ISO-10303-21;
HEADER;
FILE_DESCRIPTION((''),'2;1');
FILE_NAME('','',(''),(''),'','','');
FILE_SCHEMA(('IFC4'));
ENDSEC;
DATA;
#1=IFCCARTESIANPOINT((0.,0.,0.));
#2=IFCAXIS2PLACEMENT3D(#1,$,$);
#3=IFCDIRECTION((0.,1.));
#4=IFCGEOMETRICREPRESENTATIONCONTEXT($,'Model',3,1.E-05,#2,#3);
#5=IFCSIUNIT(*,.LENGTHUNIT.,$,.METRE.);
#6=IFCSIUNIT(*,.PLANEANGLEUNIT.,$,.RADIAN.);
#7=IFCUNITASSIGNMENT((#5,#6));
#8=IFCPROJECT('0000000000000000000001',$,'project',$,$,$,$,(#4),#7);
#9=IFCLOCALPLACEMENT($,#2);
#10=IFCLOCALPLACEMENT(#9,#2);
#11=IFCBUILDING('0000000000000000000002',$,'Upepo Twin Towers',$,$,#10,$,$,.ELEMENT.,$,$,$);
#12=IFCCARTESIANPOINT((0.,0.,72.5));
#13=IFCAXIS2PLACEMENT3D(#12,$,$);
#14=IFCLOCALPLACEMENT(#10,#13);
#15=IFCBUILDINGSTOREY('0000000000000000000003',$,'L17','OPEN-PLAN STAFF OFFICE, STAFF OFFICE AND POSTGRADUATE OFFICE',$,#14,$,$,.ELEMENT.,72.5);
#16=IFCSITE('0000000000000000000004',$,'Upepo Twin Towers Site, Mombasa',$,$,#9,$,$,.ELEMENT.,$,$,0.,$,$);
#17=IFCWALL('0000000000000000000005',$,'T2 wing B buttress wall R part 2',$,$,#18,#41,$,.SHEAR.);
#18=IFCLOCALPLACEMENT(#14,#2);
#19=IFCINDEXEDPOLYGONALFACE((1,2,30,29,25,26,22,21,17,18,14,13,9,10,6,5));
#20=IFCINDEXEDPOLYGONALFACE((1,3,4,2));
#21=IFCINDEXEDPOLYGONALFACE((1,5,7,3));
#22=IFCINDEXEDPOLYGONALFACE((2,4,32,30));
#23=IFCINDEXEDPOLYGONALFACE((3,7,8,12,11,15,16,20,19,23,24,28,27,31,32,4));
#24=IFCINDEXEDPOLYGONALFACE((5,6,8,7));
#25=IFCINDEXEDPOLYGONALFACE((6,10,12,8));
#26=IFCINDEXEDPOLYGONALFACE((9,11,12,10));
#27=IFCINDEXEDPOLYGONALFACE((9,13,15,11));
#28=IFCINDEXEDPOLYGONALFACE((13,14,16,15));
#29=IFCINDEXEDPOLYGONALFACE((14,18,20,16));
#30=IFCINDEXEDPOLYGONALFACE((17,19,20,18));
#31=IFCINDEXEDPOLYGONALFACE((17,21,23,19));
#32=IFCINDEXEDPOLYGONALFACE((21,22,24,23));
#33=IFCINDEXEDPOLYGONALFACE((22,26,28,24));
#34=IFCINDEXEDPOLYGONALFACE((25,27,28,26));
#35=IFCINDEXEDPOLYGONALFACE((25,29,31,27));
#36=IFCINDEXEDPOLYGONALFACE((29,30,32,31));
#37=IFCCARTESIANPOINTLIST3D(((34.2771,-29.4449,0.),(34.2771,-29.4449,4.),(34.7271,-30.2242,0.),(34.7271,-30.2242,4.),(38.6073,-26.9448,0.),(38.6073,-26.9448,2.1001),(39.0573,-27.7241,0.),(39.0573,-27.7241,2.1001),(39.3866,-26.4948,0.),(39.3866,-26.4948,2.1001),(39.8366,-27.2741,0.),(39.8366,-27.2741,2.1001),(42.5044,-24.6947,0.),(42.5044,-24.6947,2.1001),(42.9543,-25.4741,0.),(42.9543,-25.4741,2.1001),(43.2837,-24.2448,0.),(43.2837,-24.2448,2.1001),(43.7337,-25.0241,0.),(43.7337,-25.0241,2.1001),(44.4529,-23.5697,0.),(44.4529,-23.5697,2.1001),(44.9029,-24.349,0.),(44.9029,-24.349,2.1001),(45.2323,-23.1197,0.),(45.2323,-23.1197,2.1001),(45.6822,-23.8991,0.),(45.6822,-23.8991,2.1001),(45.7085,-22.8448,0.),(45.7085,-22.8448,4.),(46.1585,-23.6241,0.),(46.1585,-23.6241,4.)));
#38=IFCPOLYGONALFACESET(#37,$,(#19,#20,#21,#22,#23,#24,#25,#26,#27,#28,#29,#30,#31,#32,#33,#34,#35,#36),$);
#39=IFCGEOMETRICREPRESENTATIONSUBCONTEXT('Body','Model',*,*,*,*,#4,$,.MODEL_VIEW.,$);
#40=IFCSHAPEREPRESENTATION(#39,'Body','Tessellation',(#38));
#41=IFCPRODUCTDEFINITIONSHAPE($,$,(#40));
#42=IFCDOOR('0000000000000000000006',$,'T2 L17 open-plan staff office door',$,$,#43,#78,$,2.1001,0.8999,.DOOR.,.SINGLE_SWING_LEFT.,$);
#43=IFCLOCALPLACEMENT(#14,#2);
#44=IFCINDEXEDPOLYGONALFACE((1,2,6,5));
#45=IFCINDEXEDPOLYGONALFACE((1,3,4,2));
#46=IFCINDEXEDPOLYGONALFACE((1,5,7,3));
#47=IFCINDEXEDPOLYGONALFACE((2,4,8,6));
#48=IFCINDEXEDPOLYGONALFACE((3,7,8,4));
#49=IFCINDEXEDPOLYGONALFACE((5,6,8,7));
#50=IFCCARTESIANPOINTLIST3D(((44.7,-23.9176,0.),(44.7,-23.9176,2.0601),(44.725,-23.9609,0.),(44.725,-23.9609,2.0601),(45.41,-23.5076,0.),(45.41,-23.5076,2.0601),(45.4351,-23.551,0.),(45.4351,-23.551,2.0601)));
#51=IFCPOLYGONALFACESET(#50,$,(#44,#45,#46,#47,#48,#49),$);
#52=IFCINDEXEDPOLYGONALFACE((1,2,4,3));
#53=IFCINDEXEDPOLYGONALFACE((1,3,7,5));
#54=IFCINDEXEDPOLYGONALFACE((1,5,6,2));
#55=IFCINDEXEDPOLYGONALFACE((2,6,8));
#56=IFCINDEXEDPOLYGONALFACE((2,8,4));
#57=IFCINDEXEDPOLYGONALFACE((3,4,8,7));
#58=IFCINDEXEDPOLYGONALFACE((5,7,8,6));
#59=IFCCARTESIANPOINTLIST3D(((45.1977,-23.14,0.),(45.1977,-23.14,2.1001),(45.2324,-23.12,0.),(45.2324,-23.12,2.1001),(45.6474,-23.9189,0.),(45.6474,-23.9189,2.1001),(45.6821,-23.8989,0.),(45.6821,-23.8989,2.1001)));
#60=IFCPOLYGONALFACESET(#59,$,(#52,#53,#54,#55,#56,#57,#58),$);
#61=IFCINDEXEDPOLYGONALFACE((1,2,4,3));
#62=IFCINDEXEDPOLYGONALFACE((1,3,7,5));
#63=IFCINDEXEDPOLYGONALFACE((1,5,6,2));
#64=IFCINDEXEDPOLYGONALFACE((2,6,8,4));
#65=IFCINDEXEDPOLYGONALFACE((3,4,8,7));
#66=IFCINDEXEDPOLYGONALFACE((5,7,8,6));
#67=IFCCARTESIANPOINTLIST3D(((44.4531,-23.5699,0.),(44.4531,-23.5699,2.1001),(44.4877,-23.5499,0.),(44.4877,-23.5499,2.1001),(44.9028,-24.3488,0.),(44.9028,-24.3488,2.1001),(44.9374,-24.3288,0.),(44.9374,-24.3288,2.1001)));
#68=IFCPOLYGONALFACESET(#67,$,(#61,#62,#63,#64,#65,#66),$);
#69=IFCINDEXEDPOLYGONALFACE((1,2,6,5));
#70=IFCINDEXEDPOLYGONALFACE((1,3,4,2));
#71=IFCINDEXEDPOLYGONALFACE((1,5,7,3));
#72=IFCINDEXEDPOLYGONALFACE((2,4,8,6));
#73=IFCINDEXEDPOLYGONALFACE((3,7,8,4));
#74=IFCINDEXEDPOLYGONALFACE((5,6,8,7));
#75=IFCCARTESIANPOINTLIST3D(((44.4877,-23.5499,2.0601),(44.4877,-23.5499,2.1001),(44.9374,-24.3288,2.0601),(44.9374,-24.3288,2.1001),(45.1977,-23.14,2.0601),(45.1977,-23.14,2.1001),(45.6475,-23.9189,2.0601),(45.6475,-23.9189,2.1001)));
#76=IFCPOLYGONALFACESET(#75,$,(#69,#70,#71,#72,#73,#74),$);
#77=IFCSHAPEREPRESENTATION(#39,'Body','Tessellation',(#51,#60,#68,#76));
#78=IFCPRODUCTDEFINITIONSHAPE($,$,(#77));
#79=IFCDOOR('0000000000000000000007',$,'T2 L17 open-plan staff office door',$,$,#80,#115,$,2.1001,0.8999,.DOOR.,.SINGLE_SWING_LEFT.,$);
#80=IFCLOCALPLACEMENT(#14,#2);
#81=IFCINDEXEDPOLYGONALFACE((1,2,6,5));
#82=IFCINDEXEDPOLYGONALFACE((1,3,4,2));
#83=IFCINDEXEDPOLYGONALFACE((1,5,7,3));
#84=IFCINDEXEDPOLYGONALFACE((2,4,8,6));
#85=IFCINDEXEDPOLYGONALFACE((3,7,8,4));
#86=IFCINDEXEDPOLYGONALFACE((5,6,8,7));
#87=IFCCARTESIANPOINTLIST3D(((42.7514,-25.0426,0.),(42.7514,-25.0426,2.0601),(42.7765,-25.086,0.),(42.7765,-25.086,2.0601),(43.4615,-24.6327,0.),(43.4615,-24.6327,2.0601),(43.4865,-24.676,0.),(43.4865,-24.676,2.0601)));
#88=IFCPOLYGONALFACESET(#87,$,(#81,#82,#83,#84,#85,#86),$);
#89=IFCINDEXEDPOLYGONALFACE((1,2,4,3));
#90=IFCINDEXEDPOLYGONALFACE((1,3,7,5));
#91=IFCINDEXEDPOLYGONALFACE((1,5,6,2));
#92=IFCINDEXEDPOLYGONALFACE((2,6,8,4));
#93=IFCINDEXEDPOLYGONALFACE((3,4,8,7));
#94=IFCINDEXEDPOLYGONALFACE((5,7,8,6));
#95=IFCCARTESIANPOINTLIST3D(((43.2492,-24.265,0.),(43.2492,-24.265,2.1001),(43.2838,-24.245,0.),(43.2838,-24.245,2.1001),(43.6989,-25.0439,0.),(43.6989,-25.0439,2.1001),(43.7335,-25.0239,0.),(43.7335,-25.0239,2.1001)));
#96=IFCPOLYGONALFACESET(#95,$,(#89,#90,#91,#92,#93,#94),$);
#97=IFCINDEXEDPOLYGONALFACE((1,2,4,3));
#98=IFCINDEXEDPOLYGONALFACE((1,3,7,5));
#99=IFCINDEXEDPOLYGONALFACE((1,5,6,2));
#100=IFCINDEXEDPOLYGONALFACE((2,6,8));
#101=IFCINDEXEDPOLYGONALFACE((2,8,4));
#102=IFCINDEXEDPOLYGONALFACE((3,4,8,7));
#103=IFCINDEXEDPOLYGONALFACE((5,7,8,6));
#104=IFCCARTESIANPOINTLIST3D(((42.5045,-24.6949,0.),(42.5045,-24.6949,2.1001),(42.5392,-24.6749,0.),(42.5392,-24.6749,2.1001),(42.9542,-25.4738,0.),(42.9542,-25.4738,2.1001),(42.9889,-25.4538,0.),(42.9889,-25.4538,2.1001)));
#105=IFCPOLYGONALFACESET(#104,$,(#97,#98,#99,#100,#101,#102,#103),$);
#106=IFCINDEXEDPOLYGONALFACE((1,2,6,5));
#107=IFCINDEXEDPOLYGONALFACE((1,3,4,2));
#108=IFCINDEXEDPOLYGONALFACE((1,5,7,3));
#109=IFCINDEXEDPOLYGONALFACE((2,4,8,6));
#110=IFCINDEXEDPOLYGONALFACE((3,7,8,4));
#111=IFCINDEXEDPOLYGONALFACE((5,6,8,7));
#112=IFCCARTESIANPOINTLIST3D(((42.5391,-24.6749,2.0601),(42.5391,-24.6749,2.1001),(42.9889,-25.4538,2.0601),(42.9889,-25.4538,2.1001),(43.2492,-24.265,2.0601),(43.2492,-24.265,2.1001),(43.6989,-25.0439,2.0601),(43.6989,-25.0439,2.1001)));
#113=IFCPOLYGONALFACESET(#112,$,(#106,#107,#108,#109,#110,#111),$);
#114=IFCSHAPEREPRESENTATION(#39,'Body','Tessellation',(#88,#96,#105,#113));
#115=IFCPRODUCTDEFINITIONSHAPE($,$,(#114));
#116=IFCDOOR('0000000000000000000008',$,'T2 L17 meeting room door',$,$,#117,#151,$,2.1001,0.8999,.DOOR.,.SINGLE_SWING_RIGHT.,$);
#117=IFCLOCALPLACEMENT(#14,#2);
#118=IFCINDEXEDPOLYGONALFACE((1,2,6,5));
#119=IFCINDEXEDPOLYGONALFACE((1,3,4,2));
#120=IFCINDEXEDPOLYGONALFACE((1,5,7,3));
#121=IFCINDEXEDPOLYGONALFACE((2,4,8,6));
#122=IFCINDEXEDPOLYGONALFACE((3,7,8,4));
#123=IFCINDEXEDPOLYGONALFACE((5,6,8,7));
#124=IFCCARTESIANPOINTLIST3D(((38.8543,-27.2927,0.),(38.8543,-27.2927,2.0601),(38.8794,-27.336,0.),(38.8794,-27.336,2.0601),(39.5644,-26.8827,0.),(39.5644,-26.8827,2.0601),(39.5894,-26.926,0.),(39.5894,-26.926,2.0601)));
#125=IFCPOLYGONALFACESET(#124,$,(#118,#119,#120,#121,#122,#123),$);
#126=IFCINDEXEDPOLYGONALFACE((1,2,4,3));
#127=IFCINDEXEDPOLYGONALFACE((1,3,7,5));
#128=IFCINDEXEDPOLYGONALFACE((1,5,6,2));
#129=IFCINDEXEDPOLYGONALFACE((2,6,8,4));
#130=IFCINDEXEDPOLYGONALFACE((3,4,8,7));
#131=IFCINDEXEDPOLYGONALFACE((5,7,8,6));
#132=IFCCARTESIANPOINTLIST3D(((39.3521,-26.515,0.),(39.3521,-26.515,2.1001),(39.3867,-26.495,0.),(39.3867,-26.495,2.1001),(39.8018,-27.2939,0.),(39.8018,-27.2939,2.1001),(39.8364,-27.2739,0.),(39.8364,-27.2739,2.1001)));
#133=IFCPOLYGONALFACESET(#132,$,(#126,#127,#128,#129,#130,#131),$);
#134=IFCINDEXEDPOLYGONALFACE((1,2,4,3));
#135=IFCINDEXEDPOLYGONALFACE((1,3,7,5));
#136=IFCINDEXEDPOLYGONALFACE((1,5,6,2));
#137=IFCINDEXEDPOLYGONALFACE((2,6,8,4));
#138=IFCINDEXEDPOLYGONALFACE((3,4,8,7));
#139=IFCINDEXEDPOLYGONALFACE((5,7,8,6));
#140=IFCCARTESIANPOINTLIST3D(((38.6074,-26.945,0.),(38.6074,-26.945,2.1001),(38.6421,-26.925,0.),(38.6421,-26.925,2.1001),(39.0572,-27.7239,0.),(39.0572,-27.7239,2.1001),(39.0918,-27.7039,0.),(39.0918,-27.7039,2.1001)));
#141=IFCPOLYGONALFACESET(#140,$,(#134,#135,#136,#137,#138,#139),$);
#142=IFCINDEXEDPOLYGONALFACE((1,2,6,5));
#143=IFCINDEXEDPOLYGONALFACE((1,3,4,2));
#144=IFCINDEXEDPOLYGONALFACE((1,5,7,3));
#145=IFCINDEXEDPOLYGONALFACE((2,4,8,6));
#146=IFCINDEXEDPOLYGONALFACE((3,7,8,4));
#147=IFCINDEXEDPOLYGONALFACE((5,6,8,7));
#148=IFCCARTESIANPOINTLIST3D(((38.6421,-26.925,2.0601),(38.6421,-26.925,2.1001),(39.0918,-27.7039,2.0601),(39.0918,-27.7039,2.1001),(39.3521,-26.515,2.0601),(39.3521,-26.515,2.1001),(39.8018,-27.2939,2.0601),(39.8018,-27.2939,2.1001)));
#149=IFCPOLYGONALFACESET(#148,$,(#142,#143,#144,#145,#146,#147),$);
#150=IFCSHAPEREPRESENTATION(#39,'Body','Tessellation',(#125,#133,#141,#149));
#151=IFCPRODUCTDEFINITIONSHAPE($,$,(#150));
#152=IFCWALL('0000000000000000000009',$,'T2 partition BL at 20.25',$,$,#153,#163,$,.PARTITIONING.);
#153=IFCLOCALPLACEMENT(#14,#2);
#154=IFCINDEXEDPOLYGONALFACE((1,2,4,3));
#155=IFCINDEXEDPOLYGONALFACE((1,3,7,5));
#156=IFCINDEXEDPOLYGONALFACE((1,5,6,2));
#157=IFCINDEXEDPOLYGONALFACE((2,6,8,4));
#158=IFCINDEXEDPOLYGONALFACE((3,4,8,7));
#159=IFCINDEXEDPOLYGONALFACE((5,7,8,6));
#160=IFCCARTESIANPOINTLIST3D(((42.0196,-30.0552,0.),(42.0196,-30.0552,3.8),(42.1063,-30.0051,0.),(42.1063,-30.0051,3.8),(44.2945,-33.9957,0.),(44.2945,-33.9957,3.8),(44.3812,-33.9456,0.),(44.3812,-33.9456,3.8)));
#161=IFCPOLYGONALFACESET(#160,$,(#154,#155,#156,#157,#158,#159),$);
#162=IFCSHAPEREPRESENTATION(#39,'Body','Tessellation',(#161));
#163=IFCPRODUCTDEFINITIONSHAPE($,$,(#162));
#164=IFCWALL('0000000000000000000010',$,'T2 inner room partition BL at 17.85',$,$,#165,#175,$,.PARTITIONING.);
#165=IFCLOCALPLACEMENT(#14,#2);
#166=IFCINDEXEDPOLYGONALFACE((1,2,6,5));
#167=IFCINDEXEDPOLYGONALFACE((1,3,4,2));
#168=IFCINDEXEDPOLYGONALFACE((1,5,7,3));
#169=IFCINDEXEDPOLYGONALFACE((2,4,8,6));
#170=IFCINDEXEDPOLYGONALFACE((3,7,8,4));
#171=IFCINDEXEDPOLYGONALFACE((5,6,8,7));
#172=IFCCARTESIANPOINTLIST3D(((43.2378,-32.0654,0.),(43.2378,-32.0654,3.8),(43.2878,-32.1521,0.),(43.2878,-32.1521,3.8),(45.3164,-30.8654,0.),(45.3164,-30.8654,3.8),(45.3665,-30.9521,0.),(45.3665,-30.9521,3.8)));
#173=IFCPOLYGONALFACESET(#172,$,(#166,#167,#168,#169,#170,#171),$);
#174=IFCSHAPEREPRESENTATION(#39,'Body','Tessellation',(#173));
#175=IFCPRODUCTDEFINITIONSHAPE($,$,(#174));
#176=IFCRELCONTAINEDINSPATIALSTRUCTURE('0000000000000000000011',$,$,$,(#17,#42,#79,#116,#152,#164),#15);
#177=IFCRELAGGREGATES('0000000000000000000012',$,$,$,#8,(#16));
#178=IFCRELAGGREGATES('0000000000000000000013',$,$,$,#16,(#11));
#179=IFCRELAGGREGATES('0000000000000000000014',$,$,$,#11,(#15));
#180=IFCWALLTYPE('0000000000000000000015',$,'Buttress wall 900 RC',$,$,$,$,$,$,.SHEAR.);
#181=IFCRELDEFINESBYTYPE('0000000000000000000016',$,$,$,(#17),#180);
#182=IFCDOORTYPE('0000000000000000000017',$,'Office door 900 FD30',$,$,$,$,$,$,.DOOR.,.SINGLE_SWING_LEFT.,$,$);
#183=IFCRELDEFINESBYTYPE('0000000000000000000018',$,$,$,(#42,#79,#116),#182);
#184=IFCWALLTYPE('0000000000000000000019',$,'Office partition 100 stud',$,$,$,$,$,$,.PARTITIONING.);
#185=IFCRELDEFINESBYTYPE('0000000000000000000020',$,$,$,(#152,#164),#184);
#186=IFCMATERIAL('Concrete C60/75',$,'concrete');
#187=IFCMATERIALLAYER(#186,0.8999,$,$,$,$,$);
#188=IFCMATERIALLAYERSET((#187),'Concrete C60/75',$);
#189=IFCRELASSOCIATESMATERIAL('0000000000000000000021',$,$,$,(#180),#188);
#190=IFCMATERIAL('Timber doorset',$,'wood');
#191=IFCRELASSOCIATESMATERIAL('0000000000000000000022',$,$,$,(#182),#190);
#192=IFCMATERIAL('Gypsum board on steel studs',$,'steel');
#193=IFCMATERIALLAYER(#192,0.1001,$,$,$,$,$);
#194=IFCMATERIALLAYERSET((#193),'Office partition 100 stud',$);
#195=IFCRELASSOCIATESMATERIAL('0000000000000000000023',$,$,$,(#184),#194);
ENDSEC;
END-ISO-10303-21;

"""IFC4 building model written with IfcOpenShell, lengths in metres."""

from ifc_helpers import new_model, si_unit, direction, frame, frame_2d, origin, place, context, subcontext, project, spatial, rectangle, extrude, material, layer, layer_set, type_object, element, fill, save


model = new_model("IFC4")

# Units and contexts
model_context = context("Model", 3, precision=1e-05, world=origin(), true_north=direction((0.0, 1.0)))
body_context = subcontext(model_context, "Body", "Model", "MODEL_VIEW")
ifc_project = project(units=[si_unit("LENGTHUNIT", "METRE"), si_unit("PLANEANGLEUNIT", "RADIAN")], contexts=[model_context])

# Site, building, storey
site_placement = place(None, origin())
site = spatial("IfcSite", under=ifc_project, at=site_placement, Name="Upepo Twin Towers Site, Mombasa", CompositionType="ELEMENT", RefElevation=0.0)
building_placement = place(site_placement, origin())
building = spatial("IfcBuilding", under=site, at=building_placement, Name="Upepo Twin Towers", CompositionType="ELEMENT")
storey_placement = place(building_placement, frame((0.0, 0.0, 72.5)))
storey = spatial("IfcBuildingStorey", under=building, at=storey_placement, Name="L17", Description="OPEN-PLAN STAFF OFFICE, STAFF OFFICE AND POSTGRADUATE OFFICE", CompositionType="ELEMENT", Elevation=72.5)

# Wall, openings, doors
ifc_material_1 = material(Name="Concrete C60/75", Category="concrete")
ifc_layer_1 = layer(ifc_material_1, 0.8999)
ifc_layer_set_1 = layer_set([ifc_layer_1], Name="Concrete C60/75")
wall_type_1 = type_object("IfcWallType", Name="Buttress wall 900 RC", PredefinedType="SHEAR", material=ifc_layer_set_1)
ifc_material_2 = material(Name="Timber doorset", Category="wood")
door_type = type_object("IfcDoorType", Name="Office door 900 FD30", OperationType="SINGLE_SWING_LEFT", PredefinedType="DOOR", material=ifc_material_2)
wall_1_placement = place(storey_placement, frame((45.9336, -23.2344, 0.0), z_axis=(0.0, 0.0, 1.0), x_axis=(-0.86602, -0.50001, 0.0)))
wall_1 = element("IfcWall", 1, at=wall_1_placement, inside=storey, type_object=wall_type_1, Name="T2 wing B buttress wall R part 2", PredefinedType="SHEAR", context=body_context, shape_type="SweptSolid", body=[
    extrude(rectangle(XDim=13.2, YDim=0.8999, at=frame_2d((6.6001, 0.0))), origin(), (0.0, 0.0, 1.0), 4.0),
])
opening_1_placement = place(wall_1_placement, frame((0.55, 0.0, 0.0)))
opening_1 = element("IfcOpeningElement", 2, at=opening_1_placement, cuts=wall_1, PredefinedType="OPENING", context=body_context, shape_type="SweptSolid", body=[
    extrude(rectangle(XDim=0.8999, YDim=2.1001, at=frame_2d((0.45, 1.05))), frame((0.0, 0.46, 0.0), z_axis=(0.0, -1.0, 0.0), x_axis=(1.0, 0.0, 0.0)), (0.0, 0.0, 1.0), 0.9199),
])
opening_2_placement = place(wall_1_placement, frame((2.8, 0.0, 0.0)))
opening_2 = element("IfcOpeningElement", 3, at=opening_2_placement, cuts=wall_1, PredefinedType="OPENING", context=body_context, shape_type="SweptSolid", body=[
    extrude(rectangle(XDim=0.8999, YDim=2.1001, at=frame_2d((0.45, 1.05))), frame((0.0, 0.46, 0.0), z_axis=(0.0, -1.0, 0.0), x_axis=(1.0, 0.0, 0.0)), (0.0, 0.0, 1.0), 0.9199),
])
opening_3_placement = place(wall_1_placement, frame((7.3, 0.0, 0.0)))
opening_3 = element("IfcOpeningElement", 4, at=opening_3_placement, cuts=wall_1, PredefinedType="OPENING", context=body_context, shape_type="SweptSolid", body=[
    extrude(rectangle(XDim=0.8999, YDim=2.1001, at=frame_2d((0.45, 1.05))), frame((0.0, 0.46, 0.0), z_axis=(0.0, -1.0, 0.0), x_axis=(1.0, 0.0, 0.0)), (0.0, 0.0, 1.0), 0.9199),
])
door_1_placement = place(opening_1_placement, origin())
door_1 = element("IfcDoor", 5, at=door_1_placement, inside=storey, type_object=door_type, Name="T2 L17 open-plan staff office door", OperationType="SINGLE_SWING_LEFT", OverallHeight=2.1001, OverallWidth=0.8999, PredefinedType="DOOR", context=body_context, shape_type="SweptSolid", body=[
    extrude(rectangle(XDim=0.8199, YDim=2.0601, at=frame_2d((0.45, 1.03))), frame((0.0, 0.0249, 0.0), z_axis=(0.0, -1.0, 0.0), x_axis=(1.0, 0.0, 0.0)), (0.0, 0.0, 1.0), 0.05),
    extrude(rectangle(XDim=0.04, YDim=2.1001, at=frame_2d((0.02, 1.05))), frame((0.0, 0.4497, 0.0), z_axis=(0.0, -1.0, 0.0), x_axis=(1.0, 0.0, 0.0)), (0.0, 0.0, 1.0), 0.8994),
    extrude(rectangle(XDim=0.04, YDim=2.1001, at=frame_2d((0.8799, 1.05))), frame((0.0, 0.4497, 0.0), z_axis=(0.0, -1.0, 0.0), x_axis=(1.0, 0.0, 0.0)), (0.0, 0.0, 1.0), 0.8994),
    extrude(rectangle(XDim=0.8199, YDim=0.04, at=frame_2d((0.45, 2.0801))), frame((0.0, 0.4497, 0.0), z_axis=(0.0, -1.0, 0.0), x_axis=(1.0, 0.0, 0.0)), (0.0, 0.0, 1.0), 0.8994),
])
fill(opening_1, door_1)
door_2_placement = place(opening_2_placement, origin())
door_2 = element("IfcDoor", 6, at=door_2_placement, inside=storey, type_object=door_type, Name="T2 L17 open-plan staff office door", OperationType="SINGLE_SWING_LEFT", OverallHeight=2.1001, OverallWidth=0.8999, PredefinedType="DOOR", context=body_context, shape_type="SweptSolid", body=[
    extrude(rectangle(XDim=0.8199, YDim=2.0601, at=frame_2d((0.45, 1.03))), frame((0.0, 0.0249, 0.0), z_axis=(0.0, -1.0, 0.0), x_axis=(1.0, 0.0, 0.0)), (0.0, 0.0, 1.0), 0.05),
    extrude(rectangle(XDim=0.04, YDim=2.1001, at=frame_2d((0.02, 1.05))), frame((0.0, 0.4497, 0.0), z_axis=(0.0, -1.0, 0.0), x_axis=(1.0, 0.0, 0.0)), (0.0, 0.0, 1.0), 0.8994),
    extrude(rectangle(XDim=0.04, YDim=2.1001, at=frame_2d((0.8799, 1.05))), frame((0.0, 0.4497, 0.0), z_axis=(0.0, -1.0, 0.0), x_axis=(1.0, 0.0, 0.0)), (0.0, 0.0, 1.0), 0.8994),
    extrude(rectangle(XDim=0.8199, YDim=0.04, at=frame_2d((0.45, 2.0801))), frame((0.0, 0.4497, 0.0), z_axis=(0.0, -1.0, 0.0), x_axis=(1.0, 0.0, 0.0)), (0.0, 0.0, 1.0), 0.8994),
])
fill(opening_2, door_2)
door_3_placement = place(opening_3_placement, origin())
door_3 = element("IfcDoor", 7, at=door_3_placement, inside=storey, type_object=door_type, Name="T2 L17 meeting room door", OperationType="SINGLE_SWING_RIGHT", OverallHeight=2.1001, OverallWidth=0.8999, PredefinedType="DOOR", context=body_context, shape_type="SweptSolid", body=[
    extrude(rectangle(XDim=0.8199, YDim=2.0601, at=frame_2d((0.45, 1.03))), frame((0.0, 0.0249, 0.0), z_axis=(0.0, -1.0, 0.0), x_axis=(1.0, 0.0, 0.0)), (0.0, 0.0, 1.0), 0.05),
    extrude(rectangle(XDim=0.04, YDim=2.1001, at=frame_2d((0.02, 1.05))), frame((0.0, 0.4497, 0.0), z_axis=(0.0, -1.0, 0.0), x_axis=(1.0, 0.0, 0.0)), (0.0, 0.0, 1.0), 0.8994),
    extrude(rectangle(XDim=0.04, YDim=2.1001, at=frame_2d((0.8799, 1.05))), frame((0.0, 0.4497, 0.0), z_axis=(0.0, -1.0, 0.0), x_axis=(1.0, 0.0, 0.0)), (0.0, 0.0, 1.0), 0.8994),
    extrude(rectangle(XDim=0.8199, YDim=0.04, at=frame_2d((0.45, 2.0801))), frame((0.0, 0.4497, 0.0), z_axis=(0.0, -1.0, 0.0), x_axis=(1.0, 0.0, 0.0)), (0.0, 0.0, 1.0), 0.8994),
])
fill(opening_3, door_3)

# Walls
ifc_material_3 = material(Name="Gypsum board on steel studs", Category="steel")
ifc_layer_2 = layer(ifc_material_3, 0.1001)
ifc_layer_set_2 = layer_set([ifc_layer_2], Name="Office partition 100 stud")
wall_type_2 = type_object("IfcWallType", Name="Office partition 100 stud", PredefinedType="PARTITIONING", material=ifc_layer_set_2)
wall_2_placement = place(storey_placement, frame((42.063, -30.0303, 0.0), z_axis=(0.0, 0.0, 1.0), x_axis=(0.499983, -0.866035, 0.0)))
element("IfcWall", 8, at=wall_2_placement, inside=storey, type_object=wall_type_2, Name="T2 partition BL at 20.25", PredefinedType="PARTITIONING", context=body_context, shape_type="SweptSolid", body=[
    extrude(rectangle(XDim=4.55, YDim=0.1001, at=frame_2d((2.2749, 0.0))), origin(), (0.0, 0.0, 1.0), 3.8),
])
wall_3_placement = place(storey_placement, frame((45.3416, -30.9087, 0.0), z_axis=(0.0, 0.0, 1.0), x_axis=(-0.86605, -0.499957, 0.0)))
element("IfcWall", 9, at=wall_3_placement, inside=storey, type_object=wall_type_2, Name="T2 inner room partition BL at 17.85", PredefinedType="PARTITIONING", context=body_context, shape_type="SweptSolid", body=[
    extrude(rectangle(XDim=2.4001, YDim=0.1001, at=frame_2d((1.2002, 0.0))), origin(), (0.0, 0.0, 1.0), 3.8),
])

save(model, "model.ifc")
